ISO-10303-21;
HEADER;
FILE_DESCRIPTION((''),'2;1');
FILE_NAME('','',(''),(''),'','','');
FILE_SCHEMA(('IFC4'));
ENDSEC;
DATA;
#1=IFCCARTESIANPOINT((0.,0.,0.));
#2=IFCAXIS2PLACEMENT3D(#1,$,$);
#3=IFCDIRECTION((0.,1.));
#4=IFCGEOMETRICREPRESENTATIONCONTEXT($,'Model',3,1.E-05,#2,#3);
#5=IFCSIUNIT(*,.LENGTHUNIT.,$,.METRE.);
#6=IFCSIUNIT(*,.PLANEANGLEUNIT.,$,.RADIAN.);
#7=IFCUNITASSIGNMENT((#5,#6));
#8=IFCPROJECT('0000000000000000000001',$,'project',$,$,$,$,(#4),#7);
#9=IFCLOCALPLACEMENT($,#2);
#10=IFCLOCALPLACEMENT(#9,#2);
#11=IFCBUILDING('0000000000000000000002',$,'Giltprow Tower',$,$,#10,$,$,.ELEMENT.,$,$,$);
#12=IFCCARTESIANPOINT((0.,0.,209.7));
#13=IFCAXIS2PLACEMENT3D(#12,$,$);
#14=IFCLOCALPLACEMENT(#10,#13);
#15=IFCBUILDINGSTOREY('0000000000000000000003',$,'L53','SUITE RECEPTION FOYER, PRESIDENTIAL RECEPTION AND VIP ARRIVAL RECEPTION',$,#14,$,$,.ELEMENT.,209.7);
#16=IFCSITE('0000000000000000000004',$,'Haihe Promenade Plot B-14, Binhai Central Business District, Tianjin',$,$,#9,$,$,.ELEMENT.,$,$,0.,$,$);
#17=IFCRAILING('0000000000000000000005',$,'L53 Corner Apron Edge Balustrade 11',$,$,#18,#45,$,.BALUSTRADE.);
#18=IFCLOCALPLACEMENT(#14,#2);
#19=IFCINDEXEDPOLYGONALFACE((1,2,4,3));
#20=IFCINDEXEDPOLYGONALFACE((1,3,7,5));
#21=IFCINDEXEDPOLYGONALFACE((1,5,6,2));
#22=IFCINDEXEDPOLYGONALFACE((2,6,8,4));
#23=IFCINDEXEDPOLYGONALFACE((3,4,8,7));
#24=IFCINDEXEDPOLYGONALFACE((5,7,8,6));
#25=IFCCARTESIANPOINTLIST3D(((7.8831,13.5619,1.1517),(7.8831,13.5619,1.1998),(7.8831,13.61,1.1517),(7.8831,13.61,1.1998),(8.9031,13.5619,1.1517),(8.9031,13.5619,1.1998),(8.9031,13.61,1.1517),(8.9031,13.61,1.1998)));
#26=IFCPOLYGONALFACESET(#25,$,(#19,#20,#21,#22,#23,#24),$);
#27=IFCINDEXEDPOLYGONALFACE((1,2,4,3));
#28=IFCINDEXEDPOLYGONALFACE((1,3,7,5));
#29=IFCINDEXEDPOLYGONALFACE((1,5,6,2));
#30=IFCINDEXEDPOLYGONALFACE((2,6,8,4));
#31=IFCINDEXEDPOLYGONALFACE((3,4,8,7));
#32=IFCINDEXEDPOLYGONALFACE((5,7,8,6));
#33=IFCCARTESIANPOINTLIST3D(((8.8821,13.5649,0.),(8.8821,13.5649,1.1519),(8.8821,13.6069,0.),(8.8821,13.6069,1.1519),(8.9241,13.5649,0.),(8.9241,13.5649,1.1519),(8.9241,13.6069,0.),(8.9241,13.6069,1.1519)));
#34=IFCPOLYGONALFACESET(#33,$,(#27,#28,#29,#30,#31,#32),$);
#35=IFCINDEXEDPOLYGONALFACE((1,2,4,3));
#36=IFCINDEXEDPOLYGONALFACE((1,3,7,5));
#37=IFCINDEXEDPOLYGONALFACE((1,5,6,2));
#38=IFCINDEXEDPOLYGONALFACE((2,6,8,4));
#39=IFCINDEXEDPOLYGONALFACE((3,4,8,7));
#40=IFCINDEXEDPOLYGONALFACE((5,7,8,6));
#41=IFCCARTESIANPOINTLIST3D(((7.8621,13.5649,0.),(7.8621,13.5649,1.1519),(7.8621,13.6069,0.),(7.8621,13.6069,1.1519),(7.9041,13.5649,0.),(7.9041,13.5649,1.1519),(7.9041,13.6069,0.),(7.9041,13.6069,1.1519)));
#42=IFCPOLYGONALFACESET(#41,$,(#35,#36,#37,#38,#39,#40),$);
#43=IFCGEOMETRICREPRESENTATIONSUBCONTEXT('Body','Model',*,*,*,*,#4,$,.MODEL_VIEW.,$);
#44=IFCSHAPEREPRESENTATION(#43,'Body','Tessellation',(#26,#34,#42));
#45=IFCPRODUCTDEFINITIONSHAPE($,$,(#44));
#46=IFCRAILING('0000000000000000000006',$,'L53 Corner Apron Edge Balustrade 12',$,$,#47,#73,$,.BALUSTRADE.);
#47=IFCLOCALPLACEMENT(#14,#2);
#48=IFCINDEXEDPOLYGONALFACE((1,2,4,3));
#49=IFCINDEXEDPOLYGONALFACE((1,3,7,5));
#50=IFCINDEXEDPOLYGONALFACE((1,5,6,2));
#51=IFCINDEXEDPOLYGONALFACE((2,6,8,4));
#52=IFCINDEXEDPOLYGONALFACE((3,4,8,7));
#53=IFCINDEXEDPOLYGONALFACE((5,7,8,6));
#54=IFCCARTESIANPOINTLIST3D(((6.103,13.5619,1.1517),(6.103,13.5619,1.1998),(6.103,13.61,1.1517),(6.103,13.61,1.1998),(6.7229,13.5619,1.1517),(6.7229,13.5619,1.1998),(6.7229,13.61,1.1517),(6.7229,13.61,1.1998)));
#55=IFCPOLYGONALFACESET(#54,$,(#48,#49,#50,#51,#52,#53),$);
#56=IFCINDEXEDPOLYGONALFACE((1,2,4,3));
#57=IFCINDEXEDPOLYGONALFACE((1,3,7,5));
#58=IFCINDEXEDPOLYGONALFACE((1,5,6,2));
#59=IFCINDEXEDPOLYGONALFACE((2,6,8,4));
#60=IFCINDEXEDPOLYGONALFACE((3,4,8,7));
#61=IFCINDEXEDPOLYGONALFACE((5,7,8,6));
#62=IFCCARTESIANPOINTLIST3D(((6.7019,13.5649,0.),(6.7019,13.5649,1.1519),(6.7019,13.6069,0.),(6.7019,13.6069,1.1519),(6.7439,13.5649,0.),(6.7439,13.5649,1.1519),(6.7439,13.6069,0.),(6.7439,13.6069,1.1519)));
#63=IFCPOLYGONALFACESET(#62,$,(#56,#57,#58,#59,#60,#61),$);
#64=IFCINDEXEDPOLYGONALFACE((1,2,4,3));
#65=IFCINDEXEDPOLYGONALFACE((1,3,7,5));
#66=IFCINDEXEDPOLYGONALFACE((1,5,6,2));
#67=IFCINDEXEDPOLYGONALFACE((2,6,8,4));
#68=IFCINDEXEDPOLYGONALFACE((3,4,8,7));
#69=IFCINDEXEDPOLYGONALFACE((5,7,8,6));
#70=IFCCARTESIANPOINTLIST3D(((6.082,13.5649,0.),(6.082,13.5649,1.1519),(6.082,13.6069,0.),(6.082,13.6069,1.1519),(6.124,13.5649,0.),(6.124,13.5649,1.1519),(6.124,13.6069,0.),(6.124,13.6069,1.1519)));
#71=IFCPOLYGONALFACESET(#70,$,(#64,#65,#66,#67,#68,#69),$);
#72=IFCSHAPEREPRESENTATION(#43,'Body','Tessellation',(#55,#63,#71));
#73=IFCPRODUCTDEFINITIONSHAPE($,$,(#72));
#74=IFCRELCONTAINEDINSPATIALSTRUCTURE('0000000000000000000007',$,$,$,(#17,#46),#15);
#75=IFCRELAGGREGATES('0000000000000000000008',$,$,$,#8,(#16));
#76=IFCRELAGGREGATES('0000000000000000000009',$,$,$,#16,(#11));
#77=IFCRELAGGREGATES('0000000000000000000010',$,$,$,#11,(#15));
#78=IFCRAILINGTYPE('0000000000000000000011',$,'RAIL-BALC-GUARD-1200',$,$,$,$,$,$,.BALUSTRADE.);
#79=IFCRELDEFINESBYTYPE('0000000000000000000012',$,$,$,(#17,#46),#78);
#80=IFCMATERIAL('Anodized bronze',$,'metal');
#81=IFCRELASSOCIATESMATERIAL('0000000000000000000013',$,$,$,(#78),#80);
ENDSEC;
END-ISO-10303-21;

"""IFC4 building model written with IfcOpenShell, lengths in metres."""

from ifc_helpers import new_model, si_unit, direction, frame, origin, origin_2d, place, context, subcontext, project, spatial, rectangle, extrude, material, type_object, element, save


model = new_model("IFC4")

# Units and contexts
model_context = context("Model", 3, precision=1e-05, world=origin(), true_north=direction((0.0, 1.0)))
body_context = subcontext(model_context, "Body", "Model", "MODEL_VIEW")
ifc_project = project(units=[si_unit("LENGTHUNIT", "METRE"), si_unit("PLANEANGLEUNIT", "RADIAN")], contexts=[model_context])

# Site, building, storey
site_placement = place(None, origin())
site = spatial("IfcSite", under=ifc_project, at=site_placement, Name="Haihe Promenade Plot B-14, Binhai Central Business District, Tianjin", CompositionType="ELEMENT", RefElevation=0.0)
building_placement = place(site_placement, origin())
building = spatial("IfcBuilding", under=site, at=building_placement, Name="Giltprow Tower", CompositionType="ELEMENT")
storey_placement = place(building_placement, frame((0.0, 0.0, 209.7)))
storey = spatial("IfcBuildingStorey", under=building, at=storey_placement, Name="L53", Description="SUITE RECEPTION FOYER, PRESIDENTIAL RECEPTION AND VIP ARRIVAL RECEPTION", CompositionType="ELEMENT", Elevation=209.7)

# Shared definitions
ifc_material_1 = material(Name="Anodized bronze", Category="metal")

# Railings
railing_type = type_object("IfcRailingType", Name="RAIL-BALC-GUARD-1200", PredefinedType="BALUSTRADE", material=ifc_material_1)
railing_1_placement = place(storey_placement, frame((8.9031, 13.5859, 0.0)))
element("IfcRailing", 1, at=railing_1_placement, inside=storey, type_object=railing_type, Name="L53 Corner Apron Edge Balustrade 11", PredefinedType="BALUSTRADE", context=body_context, shape_type="SweptSolid", body=[
    extrude(rectangle(XDim=0.0481, YDim=0.0481, at=origin_2d()), frame((0.0, 0.0, 1.1758), z_axis=(-1.0, 0.0, 0.0), x_axis=(0.0, -1.0, 0.0)), (0.0, 0.0, 1.0), 1.02),
    extrude(rectangle(XDim=0.042, YDim=0.042, at=origin_2d()), origin(), (0.0, 0.0, 1.0), 1.1519),
    extrude(rectangle(XDim=0.042, YDim=0.042, at=origin_2d()), frame((-1.02, 0.0, 0.0)), (0.0, 0.0, 1.0), 1.1519),
])
railing_2_placement = place(storey_placement, frame((6.7229, 13.5859, 0.0)))
element("IfcRailing", 2, at=railing_2_placement, inside=storey, type_object=railing_type, Name="L53 Corner Apron Edge Balustrade 12", PredefinedType="BALUSTRADE", context=body_context, shape_type="SweptSolid", body=[
    extrude(rectangle(XDim=0.0481, YDim=0.0481, at=origin_2d()), frame((0.0, 0.0, 1.1758), z_axis=(-1.0, 0.0, 0.0), x_axis=(0.0, -1.0, 0.0)), (0.0, 0.0, 1.0), 0.6199),
    extrude(rectangle(XDim=0.042, YDim=0.042, at=origin_2d()), origin(), (0.0, 0.0, 1.0), 1.1519),
    extrude(rectangle(XDim=0.042, YDim=0.042, at=origin_2d()), frame((-0.6199, 0.0, 0.0)), (0.0, 0.0, 1.0), 1.1519),
])

save(model, "model.ifc")
